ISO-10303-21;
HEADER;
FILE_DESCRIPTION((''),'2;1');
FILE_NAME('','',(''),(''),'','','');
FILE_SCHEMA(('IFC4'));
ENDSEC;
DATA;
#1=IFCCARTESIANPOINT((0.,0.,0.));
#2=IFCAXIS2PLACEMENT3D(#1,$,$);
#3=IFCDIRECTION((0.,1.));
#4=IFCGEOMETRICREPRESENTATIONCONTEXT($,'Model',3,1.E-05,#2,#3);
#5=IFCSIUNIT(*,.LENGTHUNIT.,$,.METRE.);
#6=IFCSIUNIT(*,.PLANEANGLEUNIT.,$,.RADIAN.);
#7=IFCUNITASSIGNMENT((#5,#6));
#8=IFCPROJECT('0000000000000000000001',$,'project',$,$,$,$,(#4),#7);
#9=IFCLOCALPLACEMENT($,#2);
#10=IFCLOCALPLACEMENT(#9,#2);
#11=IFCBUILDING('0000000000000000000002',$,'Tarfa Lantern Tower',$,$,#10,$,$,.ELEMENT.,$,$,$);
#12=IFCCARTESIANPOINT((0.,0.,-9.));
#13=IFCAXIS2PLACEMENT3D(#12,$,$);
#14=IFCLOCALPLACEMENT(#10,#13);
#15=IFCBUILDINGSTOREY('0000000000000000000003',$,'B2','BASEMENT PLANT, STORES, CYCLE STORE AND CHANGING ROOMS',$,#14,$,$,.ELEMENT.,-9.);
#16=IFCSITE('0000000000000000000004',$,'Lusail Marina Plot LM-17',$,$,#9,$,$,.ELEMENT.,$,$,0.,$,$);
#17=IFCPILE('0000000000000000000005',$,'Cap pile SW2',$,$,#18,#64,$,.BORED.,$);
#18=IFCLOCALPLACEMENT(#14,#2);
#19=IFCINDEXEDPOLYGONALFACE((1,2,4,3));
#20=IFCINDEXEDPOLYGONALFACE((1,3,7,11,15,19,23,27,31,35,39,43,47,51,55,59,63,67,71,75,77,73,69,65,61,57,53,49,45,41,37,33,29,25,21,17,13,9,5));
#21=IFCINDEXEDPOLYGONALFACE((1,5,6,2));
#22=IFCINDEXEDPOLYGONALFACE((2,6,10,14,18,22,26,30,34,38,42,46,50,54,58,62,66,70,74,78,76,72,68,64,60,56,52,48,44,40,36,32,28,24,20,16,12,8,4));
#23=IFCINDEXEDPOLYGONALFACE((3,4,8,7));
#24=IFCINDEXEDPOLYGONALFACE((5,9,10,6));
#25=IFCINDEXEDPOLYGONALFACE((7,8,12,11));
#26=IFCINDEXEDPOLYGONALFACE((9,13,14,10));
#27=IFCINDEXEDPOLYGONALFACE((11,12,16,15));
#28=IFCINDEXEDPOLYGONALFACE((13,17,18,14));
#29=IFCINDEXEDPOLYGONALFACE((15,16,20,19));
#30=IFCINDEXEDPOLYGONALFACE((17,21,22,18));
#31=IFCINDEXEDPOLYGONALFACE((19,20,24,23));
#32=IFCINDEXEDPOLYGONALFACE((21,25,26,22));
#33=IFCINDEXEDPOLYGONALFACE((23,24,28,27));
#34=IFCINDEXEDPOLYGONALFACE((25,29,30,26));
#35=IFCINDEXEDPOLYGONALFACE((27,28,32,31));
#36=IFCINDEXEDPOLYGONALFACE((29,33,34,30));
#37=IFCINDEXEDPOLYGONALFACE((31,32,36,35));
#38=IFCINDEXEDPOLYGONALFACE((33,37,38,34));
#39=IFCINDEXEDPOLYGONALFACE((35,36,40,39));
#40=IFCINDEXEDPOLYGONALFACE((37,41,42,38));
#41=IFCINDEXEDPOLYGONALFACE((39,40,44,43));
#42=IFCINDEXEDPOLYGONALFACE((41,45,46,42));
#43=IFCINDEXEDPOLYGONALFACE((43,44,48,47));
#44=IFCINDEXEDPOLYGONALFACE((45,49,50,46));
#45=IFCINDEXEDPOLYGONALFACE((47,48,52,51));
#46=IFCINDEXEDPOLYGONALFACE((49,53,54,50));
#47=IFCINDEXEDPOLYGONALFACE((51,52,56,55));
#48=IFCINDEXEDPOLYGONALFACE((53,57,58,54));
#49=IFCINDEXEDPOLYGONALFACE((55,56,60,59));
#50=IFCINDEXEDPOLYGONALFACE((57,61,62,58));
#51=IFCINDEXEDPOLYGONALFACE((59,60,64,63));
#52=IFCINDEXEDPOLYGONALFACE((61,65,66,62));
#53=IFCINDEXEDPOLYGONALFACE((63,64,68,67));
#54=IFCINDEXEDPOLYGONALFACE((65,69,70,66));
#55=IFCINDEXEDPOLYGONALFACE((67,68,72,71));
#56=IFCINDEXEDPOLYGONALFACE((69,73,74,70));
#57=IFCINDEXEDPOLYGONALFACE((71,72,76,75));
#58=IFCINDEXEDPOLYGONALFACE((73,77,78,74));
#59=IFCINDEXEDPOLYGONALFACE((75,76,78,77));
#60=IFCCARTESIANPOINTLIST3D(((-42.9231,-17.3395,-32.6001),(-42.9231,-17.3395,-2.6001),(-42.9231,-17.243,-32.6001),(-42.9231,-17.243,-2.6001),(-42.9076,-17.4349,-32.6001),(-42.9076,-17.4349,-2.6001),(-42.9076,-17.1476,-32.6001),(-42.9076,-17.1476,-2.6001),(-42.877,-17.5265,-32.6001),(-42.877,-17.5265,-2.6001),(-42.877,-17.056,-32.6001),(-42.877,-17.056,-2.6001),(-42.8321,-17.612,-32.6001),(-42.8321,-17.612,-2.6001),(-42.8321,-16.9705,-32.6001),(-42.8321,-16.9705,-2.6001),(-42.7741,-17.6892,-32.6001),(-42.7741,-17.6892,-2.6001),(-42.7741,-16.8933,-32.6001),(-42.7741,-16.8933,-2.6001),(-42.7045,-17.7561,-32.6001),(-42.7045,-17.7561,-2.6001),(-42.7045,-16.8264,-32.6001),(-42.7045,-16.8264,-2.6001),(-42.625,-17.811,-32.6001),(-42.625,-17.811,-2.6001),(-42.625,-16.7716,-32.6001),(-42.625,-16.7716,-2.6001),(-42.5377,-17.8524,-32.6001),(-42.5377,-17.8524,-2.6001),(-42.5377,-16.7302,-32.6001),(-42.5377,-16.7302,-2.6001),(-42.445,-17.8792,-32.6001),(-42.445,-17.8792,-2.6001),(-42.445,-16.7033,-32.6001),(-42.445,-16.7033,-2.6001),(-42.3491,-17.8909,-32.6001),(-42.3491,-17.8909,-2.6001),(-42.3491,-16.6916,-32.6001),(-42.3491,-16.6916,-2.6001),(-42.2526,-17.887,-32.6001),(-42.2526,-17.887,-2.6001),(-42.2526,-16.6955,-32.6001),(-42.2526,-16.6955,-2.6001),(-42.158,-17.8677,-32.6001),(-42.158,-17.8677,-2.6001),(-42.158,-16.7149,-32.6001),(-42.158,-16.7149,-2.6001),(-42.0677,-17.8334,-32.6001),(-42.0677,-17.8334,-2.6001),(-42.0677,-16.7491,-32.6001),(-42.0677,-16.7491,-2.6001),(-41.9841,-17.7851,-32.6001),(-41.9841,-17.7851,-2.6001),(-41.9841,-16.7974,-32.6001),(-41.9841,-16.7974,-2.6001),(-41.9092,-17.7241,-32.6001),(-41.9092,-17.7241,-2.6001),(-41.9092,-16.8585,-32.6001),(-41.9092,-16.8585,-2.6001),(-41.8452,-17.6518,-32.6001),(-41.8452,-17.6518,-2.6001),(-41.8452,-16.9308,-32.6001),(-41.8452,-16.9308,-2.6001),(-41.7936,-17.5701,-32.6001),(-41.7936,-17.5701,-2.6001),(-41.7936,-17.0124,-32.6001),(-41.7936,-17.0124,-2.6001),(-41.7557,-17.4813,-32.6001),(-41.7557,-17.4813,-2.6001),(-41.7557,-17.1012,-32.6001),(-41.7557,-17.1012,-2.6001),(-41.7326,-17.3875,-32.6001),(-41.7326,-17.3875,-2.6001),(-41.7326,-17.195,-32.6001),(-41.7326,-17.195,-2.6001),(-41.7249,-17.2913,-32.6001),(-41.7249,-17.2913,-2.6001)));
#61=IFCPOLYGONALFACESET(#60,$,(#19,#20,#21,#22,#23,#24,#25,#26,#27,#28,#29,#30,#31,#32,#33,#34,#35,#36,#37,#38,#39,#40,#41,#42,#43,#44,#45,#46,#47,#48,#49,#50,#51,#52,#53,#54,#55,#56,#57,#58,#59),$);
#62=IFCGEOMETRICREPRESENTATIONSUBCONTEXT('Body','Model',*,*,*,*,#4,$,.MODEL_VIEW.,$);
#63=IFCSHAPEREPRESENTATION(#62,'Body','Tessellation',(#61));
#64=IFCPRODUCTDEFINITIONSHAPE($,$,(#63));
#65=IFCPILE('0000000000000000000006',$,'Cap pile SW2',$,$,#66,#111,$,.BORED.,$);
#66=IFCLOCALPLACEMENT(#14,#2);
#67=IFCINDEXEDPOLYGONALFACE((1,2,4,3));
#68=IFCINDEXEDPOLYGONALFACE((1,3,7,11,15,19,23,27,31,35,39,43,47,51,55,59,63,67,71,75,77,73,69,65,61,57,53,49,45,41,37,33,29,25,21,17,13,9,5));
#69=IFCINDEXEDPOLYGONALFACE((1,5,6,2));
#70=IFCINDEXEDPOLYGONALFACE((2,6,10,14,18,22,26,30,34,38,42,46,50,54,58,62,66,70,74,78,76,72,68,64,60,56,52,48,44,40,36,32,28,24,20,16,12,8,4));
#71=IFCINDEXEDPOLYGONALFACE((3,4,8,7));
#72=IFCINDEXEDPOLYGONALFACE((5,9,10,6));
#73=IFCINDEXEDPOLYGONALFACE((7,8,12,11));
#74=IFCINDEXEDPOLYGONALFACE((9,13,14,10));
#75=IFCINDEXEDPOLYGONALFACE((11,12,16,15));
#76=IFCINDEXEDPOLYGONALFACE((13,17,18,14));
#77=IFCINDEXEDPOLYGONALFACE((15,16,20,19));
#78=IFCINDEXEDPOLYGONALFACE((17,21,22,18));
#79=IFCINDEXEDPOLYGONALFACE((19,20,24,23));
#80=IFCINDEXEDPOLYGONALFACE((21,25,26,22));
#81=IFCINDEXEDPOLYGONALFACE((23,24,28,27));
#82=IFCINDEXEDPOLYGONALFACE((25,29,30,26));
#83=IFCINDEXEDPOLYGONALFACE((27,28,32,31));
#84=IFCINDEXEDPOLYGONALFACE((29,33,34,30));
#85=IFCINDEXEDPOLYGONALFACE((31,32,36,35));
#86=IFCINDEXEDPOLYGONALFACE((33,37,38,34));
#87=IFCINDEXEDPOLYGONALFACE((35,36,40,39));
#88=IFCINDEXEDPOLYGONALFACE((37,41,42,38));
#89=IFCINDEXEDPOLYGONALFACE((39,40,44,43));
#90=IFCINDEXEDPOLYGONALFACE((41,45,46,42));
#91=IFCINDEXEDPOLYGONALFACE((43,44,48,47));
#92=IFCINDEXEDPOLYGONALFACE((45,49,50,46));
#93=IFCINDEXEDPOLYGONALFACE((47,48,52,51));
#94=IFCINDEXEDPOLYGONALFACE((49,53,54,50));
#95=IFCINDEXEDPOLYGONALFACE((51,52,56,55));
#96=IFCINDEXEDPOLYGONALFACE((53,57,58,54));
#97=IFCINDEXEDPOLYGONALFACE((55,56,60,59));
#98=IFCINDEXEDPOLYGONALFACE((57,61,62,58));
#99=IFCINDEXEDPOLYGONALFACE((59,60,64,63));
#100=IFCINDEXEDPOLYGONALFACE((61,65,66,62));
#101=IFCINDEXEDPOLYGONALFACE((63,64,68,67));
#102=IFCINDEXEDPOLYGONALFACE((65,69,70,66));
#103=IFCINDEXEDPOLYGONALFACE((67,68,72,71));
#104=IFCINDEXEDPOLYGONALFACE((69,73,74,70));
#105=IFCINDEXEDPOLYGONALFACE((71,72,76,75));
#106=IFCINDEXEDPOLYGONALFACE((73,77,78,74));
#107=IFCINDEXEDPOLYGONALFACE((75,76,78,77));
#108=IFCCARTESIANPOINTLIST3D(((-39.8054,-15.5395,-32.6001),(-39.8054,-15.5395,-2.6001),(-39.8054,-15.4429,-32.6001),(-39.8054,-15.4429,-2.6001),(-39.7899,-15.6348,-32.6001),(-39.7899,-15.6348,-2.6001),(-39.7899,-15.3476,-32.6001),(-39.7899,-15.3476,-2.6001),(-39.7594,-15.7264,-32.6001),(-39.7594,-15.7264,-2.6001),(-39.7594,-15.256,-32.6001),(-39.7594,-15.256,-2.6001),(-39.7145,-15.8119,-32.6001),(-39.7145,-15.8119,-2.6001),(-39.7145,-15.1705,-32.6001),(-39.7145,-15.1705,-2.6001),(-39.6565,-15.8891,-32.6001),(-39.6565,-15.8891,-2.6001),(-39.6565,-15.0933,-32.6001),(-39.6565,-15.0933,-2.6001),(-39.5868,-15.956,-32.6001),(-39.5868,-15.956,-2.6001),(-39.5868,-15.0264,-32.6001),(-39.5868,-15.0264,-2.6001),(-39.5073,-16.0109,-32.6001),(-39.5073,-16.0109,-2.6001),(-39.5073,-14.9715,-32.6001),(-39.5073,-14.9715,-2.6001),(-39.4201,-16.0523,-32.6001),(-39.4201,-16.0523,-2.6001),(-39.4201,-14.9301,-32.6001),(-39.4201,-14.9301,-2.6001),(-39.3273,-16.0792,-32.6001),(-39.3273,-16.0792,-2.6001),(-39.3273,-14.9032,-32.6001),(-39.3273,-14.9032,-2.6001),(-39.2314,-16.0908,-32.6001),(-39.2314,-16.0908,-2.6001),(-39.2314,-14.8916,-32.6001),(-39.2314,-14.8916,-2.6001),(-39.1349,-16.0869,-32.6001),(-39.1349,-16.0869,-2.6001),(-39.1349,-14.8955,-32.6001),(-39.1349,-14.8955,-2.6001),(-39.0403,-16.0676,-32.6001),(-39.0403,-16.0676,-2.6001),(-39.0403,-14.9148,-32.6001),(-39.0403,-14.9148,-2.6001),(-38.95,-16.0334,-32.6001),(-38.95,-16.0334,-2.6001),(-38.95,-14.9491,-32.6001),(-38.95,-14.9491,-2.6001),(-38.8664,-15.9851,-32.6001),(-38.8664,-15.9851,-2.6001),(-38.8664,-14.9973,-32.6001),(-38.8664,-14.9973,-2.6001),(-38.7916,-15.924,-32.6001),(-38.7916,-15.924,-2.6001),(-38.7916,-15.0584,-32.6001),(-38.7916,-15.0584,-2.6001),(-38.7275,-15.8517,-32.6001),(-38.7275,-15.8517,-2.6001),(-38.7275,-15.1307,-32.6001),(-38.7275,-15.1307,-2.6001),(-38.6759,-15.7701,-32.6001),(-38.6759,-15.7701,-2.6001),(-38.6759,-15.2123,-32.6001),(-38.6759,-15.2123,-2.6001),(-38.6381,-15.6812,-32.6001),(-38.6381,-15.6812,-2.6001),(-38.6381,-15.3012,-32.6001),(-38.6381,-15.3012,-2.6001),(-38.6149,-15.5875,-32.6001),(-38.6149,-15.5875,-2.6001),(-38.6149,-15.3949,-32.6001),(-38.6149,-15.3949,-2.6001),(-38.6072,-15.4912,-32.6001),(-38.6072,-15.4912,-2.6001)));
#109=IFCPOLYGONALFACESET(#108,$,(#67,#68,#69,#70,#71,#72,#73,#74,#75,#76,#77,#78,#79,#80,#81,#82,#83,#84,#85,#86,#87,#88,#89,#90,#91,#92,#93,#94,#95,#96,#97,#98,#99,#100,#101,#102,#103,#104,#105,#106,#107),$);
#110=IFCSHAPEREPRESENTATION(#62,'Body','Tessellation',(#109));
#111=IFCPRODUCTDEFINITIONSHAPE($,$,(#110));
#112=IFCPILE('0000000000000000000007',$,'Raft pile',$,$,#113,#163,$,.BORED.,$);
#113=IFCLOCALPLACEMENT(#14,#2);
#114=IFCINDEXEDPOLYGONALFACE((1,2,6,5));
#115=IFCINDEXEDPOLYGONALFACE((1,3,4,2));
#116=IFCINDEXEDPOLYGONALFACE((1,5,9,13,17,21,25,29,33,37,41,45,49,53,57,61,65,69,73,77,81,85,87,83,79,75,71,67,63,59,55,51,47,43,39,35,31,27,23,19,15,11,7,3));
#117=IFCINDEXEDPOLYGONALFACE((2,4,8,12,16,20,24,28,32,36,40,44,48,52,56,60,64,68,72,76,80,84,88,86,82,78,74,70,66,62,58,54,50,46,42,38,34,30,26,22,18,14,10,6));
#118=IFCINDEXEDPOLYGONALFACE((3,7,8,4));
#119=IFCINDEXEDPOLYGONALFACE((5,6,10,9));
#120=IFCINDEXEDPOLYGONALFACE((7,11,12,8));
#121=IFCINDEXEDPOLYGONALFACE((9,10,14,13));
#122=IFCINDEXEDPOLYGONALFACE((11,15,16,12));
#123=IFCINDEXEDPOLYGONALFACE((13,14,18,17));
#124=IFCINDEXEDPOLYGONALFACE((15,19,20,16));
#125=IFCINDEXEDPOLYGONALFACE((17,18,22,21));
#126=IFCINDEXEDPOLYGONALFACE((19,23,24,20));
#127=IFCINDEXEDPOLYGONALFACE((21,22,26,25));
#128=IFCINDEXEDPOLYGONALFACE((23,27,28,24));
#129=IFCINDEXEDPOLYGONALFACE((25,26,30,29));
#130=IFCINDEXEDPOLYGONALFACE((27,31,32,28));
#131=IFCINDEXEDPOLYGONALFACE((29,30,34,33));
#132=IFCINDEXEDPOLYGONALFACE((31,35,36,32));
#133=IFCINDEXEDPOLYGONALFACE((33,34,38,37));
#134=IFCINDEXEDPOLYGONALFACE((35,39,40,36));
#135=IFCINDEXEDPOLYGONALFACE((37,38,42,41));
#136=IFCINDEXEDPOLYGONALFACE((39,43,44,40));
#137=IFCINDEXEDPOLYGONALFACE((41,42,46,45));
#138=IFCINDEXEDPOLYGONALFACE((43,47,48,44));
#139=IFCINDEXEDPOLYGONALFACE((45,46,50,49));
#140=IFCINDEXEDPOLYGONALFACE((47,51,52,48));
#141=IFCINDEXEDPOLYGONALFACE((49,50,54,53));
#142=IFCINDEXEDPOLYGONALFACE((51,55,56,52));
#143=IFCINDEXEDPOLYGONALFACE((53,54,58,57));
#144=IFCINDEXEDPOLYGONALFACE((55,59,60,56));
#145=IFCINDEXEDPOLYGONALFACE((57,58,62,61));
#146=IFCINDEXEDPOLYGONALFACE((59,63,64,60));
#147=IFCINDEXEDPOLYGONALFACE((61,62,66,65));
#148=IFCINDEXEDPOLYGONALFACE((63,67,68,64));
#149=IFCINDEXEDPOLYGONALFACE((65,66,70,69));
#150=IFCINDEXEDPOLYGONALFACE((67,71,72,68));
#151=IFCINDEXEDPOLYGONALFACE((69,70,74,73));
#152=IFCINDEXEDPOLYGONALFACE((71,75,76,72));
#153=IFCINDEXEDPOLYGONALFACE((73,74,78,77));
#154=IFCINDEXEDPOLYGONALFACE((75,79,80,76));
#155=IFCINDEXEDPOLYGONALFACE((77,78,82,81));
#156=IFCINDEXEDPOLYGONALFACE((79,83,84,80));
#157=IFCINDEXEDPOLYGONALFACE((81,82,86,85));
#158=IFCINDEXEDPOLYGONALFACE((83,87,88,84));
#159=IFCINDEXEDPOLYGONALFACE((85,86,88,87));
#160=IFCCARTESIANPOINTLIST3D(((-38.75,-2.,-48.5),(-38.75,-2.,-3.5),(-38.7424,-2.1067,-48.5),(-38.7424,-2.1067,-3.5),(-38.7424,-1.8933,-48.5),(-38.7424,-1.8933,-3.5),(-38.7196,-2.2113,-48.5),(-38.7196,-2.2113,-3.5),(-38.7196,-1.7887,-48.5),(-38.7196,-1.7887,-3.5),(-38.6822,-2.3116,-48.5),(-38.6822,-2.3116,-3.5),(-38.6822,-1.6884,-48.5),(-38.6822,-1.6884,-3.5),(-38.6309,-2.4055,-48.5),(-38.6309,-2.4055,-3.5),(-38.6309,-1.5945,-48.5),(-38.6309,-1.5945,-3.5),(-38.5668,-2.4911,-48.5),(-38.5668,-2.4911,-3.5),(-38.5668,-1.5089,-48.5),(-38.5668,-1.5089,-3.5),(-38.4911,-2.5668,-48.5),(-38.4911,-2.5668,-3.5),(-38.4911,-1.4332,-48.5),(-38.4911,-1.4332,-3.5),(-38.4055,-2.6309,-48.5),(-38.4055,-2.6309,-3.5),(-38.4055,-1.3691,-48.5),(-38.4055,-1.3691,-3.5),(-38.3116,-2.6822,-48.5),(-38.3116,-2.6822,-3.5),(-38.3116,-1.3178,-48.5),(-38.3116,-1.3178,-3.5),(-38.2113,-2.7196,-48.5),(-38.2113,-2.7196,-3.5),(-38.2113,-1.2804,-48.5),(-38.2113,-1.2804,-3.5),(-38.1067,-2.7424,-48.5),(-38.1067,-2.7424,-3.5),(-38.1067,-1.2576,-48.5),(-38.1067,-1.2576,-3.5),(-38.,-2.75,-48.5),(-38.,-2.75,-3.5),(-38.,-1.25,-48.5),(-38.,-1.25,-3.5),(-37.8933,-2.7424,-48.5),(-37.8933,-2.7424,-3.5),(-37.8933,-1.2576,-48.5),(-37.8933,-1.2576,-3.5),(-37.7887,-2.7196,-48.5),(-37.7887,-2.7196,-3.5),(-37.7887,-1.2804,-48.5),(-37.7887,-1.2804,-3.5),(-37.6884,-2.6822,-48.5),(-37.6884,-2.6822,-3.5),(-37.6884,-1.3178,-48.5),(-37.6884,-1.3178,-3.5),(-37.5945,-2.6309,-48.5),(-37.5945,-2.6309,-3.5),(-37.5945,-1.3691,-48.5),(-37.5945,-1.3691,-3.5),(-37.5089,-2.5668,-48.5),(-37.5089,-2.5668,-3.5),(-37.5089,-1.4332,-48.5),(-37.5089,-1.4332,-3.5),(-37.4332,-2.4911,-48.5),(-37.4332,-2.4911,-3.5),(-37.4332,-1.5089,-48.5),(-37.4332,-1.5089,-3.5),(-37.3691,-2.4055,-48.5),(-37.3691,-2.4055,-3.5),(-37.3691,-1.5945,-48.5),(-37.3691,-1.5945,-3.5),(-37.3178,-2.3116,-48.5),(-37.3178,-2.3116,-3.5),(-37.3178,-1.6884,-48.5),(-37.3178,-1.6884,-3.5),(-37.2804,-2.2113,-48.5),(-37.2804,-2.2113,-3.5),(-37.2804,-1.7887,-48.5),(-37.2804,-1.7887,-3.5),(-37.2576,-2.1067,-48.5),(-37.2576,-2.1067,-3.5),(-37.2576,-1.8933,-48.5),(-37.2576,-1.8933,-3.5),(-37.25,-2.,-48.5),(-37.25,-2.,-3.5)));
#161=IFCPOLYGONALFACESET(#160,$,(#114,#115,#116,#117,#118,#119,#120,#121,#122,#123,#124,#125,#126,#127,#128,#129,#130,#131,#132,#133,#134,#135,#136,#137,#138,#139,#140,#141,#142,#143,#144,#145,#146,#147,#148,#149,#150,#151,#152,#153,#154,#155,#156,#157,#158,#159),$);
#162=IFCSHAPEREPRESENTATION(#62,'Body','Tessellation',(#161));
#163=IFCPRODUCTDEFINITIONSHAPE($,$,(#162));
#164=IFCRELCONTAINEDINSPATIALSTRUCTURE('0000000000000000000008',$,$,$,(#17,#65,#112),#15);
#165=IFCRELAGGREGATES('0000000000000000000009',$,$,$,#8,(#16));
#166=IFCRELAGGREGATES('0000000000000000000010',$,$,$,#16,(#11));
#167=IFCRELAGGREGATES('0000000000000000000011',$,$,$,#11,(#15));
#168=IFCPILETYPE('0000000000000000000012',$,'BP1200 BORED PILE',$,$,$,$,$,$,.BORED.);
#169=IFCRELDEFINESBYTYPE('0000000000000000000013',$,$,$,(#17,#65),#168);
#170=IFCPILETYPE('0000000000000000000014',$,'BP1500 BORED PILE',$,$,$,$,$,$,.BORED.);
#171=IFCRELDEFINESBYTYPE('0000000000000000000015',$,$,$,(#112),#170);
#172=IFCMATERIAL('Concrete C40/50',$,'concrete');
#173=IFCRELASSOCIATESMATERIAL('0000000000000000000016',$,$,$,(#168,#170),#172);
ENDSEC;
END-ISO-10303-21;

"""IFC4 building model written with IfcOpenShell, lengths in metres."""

from ifc_helpers import new_model, si_unit, direction, frame, origin, origin_2d, place, context, subcontext, project, spatial, circle, extrude, material, material_profile, profile_set, type_object, element, save


model = new_model("IFC4")

# Units and contexts
model_context = context("Model", 3, precision=1e-05, world=origin(), true_north=direction((0.0, 1.0)))
body_context = subcontext(model_context, "Body", "Model", "MODEL_VIEW")
ifc_project = project(units=[si_unit("LENGTHUNIT", "METRE"), si_unit("PLANEANGLEUNIT", "RADIAN")], contexts=[model_context])

# Site, building, storey
site_placement = place(None, origin())
site = spatial("IfcSite", under=ifc_project, at=site_placement, Name="Lusail Marina Plot LM-17", CompositionType="ELEMENT", RefElevation=0.0)
building_placement = place(site_placement, origin())
building = spatial("IfcBuilding", under=site, at=building_placement, Name="Tarfa Lantern Tower", CompositionType="ELEMENT")
storey_placement = place(building_placement, frame((0.0, 0.0, -9.0)))
storey = spatial("IfcBuildingStorey", under=building, at=storey_placement, Name="B2", Description="BASEMENT PLANT, STORES, CYCLE STORE AND CHANGING ROOMS", CompositionType="ELEMENT", Elevation=-9.0)

# Piles
ifc_material_1 = material(Name="Concrete C40/50", Category="concrete")
ifc_material_profile_1 = material_profile(ifc_material_1, circle(Radius=0.6001, at=origin_2d()), Name="BORED PILE D1200")
ifc_profile_set_1 = profile_set([ifc_material_profile_1], Name="Concrete C40/50")
pile_type_1 = type_object("IfcPileType", Name="BP1200 BORED PILE", PredefinedType="BORED", material=ifc_profile_set_1)
for number, where, z_axis, x_axis, name in (
    (1, (-42.325, -17.2913, -2.6001), (0.0, 0.0, -1.0), (1.0, 0.0, 0.0), "Cap pile SW2"),
    (2, (-39.2073, -15.4912, -2.6001), (0.0, 0.0, -1.0), (1.0, 0.0, 0.0), "Cap pile SW2"),
):
    element("IfcPile", number, at=place(storey_placement, frame(where, z_axis=z_axis, x_axis=x_axis)), inside=storey, type_object=pile_type_1, Name=name, PredefinedType="BORED", context=body_context, shape_type="SweptSolid", body=[
        extrude(circle(Radius=0.6001, at=origin_2d()), origin(), (0.0, 0.0, 1.0), 30.0),
    ])
ifc_material_profile_2 = material_profile(ifc_material_1, circle(Radius=0.75, at=origin_2d()), Name="BORED PILE D1500")
ifc_profile_set_2 = profile_set([ifc_material_profile_2], Name="Concrete C40/50")
pile_type_2 = type_object("IfcPileType", Name="BP1500 BORED PILE", PredefinedType="BORED", material=ifc_profile_set_2)
for number, where, z_axis, x_axis, name in (
    (3, (-38.0, -2.0, -3.5), (0.0, 0.0, -1.0), (1.0, 0.0, 0.0), "Raft pile"),
):
    element("IfcPile", number, at=place(storey_placement, frame(where, z_axis=z_axis, x_axis=x_axis)), inside=storey, type_object=pile_type_2, Name=name, PredefinedType="BORED", context=body_context, shape_type="SweptSolid", body=[
        extrude(circle(Radius=0.75, at=origin_2d()), origin(), (0.0, 0.0, 1.0), 45.0),
    ])

save(model, "model.ifc")
